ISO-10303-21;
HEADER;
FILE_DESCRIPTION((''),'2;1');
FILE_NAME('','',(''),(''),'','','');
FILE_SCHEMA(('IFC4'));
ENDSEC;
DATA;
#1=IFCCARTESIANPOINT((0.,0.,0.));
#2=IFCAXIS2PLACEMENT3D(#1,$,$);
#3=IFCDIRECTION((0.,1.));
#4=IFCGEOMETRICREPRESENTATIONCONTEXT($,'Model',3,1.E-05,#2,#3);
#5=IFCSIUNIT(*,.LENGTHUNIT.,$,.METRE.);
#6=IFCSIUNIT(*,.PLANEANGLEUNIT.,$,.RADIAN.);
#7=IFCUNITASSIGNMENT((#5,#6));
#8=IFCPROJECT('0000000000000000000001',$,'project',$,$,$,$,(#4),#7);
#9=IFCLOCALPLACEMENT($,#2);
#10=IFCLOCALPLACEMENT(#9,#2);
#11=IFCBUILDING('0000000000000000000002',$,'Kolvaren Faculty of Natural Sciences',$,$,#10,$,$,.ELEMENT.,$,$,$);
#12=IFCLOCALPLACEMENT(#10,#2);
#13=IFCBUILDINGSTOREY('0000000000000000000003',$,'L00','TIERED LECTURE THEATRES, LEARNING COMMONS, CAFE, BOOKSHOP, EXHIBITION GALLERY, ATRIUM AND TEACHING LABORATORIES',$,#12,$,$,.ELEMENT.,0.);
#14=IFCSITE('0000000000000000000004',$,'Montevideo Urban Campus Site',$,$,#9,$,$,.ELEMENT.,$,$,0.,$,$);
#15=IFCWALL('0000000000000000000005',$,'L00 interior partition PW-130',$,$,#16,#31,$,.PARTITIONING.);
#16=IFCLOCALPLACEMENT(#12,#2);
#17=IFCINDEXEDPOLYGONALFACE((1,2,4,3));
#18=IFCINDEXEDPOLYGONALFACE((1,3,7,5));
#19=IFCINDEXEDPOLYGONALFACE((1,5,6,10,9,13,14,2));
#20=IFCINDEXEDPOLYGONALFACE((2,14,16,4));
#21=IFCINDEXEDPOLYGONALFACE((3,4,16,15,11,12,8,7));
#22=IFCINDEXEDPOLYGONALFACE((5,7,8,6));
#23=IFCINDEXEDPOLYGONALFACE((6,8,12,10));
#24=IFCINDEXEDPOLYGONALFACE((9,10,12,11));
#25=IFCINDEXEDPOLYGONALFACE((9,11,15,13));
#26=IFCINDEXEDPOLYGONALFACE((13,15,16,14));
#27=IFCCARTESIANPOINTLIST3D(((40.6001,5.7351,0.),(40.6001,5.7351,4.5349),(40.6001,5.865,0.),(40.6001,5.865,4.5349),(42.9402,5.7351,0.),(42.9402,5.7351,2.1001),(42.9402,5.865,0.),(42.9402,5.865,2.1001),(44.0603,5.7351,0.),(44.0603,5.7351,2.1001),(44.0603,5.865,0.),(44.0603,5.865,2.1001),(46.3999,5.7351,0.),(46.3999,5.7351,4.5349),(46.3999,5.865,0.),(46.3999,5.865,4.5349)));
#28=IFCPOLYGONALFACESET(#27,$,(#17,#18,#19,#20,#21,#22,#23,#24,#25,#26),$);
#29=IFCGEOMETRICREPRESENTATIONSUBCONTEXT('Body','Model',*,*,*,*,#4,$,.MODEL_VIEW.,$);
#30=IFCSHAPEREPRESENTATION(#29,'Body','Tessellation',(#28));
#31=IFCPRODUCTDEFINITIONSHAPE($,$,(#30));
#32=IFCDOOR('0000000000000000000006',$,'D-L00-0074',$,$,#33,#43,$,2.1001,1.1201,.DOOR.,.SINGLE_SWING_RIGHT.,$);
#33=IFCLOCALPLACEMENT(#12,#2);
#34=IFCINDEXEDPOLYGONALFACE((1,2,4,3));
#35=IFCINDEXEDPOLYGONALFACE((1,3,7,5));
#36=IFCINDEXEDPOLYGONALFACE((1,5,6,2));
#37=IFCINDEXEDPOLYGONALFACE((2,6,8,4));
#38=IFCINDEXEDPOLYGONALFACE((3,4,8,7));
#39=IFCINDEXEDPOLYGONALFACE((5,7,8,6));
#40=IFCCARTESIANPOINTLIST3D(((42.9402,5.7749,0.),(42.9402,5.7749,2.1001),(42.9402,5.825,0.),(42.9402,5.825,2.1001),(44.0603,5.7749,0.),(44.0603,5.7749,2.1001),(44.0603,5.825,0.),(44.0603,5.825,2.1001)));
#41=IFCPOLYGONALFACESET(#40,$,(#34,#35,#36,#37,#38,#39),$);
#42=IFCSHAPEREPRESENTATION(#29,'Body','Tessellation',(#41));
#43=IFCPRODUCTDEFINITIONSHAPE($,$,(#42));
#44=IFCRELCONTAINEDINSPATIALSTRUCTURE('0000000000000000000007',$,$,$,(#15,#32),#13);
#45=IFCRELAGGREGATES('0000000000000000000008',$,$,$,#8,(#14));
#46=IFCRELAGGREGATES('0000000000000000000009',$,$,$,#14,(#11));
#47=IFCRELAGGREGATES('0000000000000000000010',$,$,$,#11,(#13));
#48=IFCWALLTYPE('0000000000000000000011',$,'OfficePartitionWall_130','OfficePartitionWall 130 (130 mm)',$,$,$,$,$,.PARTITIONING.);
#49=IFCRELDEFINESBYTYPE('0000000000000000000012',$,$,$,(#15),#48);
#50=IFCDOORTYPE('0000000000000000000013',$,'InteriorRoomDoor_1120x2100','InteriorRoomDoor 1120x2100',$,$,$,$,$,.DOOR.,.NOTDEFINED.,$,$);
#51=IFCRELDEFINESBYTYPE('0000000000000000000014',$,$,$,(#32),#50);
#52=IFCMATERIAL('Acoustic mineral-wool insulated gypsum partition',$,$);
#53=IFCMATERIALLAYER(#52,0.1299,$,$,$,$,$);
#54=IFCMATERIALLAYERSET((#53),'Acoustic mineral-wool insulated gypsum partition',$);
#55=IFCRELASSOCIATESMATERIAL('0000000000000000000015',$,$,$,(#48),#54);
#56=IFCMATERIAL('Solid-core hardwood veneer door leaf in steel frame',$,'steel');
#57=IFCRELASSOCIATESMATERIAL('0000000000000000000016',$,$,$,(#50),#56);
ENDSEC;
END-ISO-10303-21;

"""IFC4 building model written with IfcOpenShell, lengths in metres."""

from ifc_helpers import new_model, si_unit, direction, frame, frame_2d, origin, place, context, subcontext, project, spatial, rectangle, extrude, material, layer, layer_set, type_object, element, fill, save


model = new_model("IFC4")

# Units and contexts
model_context = context("Model", 3, precision=1e-05, world=origin(), true_north=direction((0.0, 1.0)))
body_context = subcontext(model_context, "Body", "Model", "MODEL_VIEW")
ifc_project = project(units=[si_unit("LENGTHUNIT", "METRE"), si_unit("PLANEANGLEUNIT", "RADIAN")], contexts=[model_context])

# Site, building, storey
site_placement = place(None, origin())
site = spatial("IfcSite", under=ifc_project, at=site_placement, Name="Montevideo Urban Campus Site", CompositionType="ELEMENT", RefElevation=0.0)
building_placement = place(site_placement, origin())
building = spatial("IfcBuilding", under=site, at=building_placement, Name="Kolvaren Faculty of Natural Sciences", CompositionType="ELEMENT")
storey_placement = place(building_placement, origin())
storey = spatial("IfcBuildingStorey", under=building, at=storey_placement, Name="L00", Description="TIERED LECTURE THEATRES, LEARNING COMMONS, CAFE, BOOKSHOP, EXHIBITION GALLERY, ATRIUM AND TEACHING LABORATORIES", CompositionType="ELEMENT", Elevation=0.0)

# Shared definitions
ifc_material_1 = material(Name="Acoustic mineral-wool insulated gypsum partition")

# Wall, opening, door
ifc_layer_1 = layer(ifc_material_1, 0.1299)
ifc_layer_set_1 = layer_set([ifc_layer_1], Name="Acoustic mineral-wool insulated gypsum partition")
wall_type_1 = type_object("IfcWallType", Name="OfficePartitionWall_130", Description="OfficePartitionWall 130 (130 mm)", PredefinedType="PARTITIONING", material=ifc_layer_set_1)
wall_1_placement = place(storey_placement, frame((40.6001, 5.8, 0.0), z_axis=(0.0, 0.0, 1.0), x_axis=(1.0, 0.0, 0.0)))
wall_1 = element("IfcWall", 1, at=wall_1_placement, inside=storey, type_object=wall_type_1, Name="L00 interior partition PW-130", PredefinedType="PARTITIONING", context=body_context, shape_type="SweptSolid", body=[
    extrude(rectangle(XDim=5.7998, YDim=0.1299, at=frame_2d((2.8999, 0.0))), origin(), (0.0, 0.0, 1.0), 4.5349),
])
opening_1_placement = place(wall_1_placement, frame((2.3401, 0.0, 0.0)))
opening_1 = element("IfcOpeningElement", 2, at=opening_1_placement, cuts=wall_1, PredefinedType="OPENING", context=body_context, shape_type="SweptSolid", body=[
    extrude(rectangle(XDim=1.1201, YDim=2.1001, at=frame_2d((0.5601, 1.05))), frame((0.0, 0.075, 0.0), z_axis=(0.0, -1.0, 0.0), x_axis=(1.0, 0.0, 0.0)), (0.0, 0.0, 1.0), 0.1499),
])
ifc_material_2 = material(Name="Solid-core hardwood veneer door leaf in steel frame", Category="steel")
door_type_1 = type_object("IfcDoorType", Name="InteriorRoomDoor_1120x2100", Description="InteriorRoomDoor 1120x2100", OperationType="NOTDEFINED", PredefinedType="DOOR", material=ifc_material_2)
door_1_placement = place(opening_1_placement, origin())
door_1 = element("IfcDoor", 3, at=door_1_placement, inside=storey, type_object=door_type_1, Name="D-L00-0074", OperationType="SINGLE_SWING_RIGHT", OverallHeight=2.1001, OverallWidth=1.1201, PredefinedType="DOOR", context=body_context, shape_type="SweptSolid", body=[
    extrude(rectangle(XDim=1.1201, YDim=2.1001, at=frame_2d((0.5601, 1.05))), frame((0.0, 0.0249, 0.0), z_axis=(0.0, -1.0, 0.0), x_axis=(1.0, 0.0, 0.0)), (0.0, 0.0, 1.0), 0.05),
])
fill(opening_1, door_1)

save(model, "model.ifc")
